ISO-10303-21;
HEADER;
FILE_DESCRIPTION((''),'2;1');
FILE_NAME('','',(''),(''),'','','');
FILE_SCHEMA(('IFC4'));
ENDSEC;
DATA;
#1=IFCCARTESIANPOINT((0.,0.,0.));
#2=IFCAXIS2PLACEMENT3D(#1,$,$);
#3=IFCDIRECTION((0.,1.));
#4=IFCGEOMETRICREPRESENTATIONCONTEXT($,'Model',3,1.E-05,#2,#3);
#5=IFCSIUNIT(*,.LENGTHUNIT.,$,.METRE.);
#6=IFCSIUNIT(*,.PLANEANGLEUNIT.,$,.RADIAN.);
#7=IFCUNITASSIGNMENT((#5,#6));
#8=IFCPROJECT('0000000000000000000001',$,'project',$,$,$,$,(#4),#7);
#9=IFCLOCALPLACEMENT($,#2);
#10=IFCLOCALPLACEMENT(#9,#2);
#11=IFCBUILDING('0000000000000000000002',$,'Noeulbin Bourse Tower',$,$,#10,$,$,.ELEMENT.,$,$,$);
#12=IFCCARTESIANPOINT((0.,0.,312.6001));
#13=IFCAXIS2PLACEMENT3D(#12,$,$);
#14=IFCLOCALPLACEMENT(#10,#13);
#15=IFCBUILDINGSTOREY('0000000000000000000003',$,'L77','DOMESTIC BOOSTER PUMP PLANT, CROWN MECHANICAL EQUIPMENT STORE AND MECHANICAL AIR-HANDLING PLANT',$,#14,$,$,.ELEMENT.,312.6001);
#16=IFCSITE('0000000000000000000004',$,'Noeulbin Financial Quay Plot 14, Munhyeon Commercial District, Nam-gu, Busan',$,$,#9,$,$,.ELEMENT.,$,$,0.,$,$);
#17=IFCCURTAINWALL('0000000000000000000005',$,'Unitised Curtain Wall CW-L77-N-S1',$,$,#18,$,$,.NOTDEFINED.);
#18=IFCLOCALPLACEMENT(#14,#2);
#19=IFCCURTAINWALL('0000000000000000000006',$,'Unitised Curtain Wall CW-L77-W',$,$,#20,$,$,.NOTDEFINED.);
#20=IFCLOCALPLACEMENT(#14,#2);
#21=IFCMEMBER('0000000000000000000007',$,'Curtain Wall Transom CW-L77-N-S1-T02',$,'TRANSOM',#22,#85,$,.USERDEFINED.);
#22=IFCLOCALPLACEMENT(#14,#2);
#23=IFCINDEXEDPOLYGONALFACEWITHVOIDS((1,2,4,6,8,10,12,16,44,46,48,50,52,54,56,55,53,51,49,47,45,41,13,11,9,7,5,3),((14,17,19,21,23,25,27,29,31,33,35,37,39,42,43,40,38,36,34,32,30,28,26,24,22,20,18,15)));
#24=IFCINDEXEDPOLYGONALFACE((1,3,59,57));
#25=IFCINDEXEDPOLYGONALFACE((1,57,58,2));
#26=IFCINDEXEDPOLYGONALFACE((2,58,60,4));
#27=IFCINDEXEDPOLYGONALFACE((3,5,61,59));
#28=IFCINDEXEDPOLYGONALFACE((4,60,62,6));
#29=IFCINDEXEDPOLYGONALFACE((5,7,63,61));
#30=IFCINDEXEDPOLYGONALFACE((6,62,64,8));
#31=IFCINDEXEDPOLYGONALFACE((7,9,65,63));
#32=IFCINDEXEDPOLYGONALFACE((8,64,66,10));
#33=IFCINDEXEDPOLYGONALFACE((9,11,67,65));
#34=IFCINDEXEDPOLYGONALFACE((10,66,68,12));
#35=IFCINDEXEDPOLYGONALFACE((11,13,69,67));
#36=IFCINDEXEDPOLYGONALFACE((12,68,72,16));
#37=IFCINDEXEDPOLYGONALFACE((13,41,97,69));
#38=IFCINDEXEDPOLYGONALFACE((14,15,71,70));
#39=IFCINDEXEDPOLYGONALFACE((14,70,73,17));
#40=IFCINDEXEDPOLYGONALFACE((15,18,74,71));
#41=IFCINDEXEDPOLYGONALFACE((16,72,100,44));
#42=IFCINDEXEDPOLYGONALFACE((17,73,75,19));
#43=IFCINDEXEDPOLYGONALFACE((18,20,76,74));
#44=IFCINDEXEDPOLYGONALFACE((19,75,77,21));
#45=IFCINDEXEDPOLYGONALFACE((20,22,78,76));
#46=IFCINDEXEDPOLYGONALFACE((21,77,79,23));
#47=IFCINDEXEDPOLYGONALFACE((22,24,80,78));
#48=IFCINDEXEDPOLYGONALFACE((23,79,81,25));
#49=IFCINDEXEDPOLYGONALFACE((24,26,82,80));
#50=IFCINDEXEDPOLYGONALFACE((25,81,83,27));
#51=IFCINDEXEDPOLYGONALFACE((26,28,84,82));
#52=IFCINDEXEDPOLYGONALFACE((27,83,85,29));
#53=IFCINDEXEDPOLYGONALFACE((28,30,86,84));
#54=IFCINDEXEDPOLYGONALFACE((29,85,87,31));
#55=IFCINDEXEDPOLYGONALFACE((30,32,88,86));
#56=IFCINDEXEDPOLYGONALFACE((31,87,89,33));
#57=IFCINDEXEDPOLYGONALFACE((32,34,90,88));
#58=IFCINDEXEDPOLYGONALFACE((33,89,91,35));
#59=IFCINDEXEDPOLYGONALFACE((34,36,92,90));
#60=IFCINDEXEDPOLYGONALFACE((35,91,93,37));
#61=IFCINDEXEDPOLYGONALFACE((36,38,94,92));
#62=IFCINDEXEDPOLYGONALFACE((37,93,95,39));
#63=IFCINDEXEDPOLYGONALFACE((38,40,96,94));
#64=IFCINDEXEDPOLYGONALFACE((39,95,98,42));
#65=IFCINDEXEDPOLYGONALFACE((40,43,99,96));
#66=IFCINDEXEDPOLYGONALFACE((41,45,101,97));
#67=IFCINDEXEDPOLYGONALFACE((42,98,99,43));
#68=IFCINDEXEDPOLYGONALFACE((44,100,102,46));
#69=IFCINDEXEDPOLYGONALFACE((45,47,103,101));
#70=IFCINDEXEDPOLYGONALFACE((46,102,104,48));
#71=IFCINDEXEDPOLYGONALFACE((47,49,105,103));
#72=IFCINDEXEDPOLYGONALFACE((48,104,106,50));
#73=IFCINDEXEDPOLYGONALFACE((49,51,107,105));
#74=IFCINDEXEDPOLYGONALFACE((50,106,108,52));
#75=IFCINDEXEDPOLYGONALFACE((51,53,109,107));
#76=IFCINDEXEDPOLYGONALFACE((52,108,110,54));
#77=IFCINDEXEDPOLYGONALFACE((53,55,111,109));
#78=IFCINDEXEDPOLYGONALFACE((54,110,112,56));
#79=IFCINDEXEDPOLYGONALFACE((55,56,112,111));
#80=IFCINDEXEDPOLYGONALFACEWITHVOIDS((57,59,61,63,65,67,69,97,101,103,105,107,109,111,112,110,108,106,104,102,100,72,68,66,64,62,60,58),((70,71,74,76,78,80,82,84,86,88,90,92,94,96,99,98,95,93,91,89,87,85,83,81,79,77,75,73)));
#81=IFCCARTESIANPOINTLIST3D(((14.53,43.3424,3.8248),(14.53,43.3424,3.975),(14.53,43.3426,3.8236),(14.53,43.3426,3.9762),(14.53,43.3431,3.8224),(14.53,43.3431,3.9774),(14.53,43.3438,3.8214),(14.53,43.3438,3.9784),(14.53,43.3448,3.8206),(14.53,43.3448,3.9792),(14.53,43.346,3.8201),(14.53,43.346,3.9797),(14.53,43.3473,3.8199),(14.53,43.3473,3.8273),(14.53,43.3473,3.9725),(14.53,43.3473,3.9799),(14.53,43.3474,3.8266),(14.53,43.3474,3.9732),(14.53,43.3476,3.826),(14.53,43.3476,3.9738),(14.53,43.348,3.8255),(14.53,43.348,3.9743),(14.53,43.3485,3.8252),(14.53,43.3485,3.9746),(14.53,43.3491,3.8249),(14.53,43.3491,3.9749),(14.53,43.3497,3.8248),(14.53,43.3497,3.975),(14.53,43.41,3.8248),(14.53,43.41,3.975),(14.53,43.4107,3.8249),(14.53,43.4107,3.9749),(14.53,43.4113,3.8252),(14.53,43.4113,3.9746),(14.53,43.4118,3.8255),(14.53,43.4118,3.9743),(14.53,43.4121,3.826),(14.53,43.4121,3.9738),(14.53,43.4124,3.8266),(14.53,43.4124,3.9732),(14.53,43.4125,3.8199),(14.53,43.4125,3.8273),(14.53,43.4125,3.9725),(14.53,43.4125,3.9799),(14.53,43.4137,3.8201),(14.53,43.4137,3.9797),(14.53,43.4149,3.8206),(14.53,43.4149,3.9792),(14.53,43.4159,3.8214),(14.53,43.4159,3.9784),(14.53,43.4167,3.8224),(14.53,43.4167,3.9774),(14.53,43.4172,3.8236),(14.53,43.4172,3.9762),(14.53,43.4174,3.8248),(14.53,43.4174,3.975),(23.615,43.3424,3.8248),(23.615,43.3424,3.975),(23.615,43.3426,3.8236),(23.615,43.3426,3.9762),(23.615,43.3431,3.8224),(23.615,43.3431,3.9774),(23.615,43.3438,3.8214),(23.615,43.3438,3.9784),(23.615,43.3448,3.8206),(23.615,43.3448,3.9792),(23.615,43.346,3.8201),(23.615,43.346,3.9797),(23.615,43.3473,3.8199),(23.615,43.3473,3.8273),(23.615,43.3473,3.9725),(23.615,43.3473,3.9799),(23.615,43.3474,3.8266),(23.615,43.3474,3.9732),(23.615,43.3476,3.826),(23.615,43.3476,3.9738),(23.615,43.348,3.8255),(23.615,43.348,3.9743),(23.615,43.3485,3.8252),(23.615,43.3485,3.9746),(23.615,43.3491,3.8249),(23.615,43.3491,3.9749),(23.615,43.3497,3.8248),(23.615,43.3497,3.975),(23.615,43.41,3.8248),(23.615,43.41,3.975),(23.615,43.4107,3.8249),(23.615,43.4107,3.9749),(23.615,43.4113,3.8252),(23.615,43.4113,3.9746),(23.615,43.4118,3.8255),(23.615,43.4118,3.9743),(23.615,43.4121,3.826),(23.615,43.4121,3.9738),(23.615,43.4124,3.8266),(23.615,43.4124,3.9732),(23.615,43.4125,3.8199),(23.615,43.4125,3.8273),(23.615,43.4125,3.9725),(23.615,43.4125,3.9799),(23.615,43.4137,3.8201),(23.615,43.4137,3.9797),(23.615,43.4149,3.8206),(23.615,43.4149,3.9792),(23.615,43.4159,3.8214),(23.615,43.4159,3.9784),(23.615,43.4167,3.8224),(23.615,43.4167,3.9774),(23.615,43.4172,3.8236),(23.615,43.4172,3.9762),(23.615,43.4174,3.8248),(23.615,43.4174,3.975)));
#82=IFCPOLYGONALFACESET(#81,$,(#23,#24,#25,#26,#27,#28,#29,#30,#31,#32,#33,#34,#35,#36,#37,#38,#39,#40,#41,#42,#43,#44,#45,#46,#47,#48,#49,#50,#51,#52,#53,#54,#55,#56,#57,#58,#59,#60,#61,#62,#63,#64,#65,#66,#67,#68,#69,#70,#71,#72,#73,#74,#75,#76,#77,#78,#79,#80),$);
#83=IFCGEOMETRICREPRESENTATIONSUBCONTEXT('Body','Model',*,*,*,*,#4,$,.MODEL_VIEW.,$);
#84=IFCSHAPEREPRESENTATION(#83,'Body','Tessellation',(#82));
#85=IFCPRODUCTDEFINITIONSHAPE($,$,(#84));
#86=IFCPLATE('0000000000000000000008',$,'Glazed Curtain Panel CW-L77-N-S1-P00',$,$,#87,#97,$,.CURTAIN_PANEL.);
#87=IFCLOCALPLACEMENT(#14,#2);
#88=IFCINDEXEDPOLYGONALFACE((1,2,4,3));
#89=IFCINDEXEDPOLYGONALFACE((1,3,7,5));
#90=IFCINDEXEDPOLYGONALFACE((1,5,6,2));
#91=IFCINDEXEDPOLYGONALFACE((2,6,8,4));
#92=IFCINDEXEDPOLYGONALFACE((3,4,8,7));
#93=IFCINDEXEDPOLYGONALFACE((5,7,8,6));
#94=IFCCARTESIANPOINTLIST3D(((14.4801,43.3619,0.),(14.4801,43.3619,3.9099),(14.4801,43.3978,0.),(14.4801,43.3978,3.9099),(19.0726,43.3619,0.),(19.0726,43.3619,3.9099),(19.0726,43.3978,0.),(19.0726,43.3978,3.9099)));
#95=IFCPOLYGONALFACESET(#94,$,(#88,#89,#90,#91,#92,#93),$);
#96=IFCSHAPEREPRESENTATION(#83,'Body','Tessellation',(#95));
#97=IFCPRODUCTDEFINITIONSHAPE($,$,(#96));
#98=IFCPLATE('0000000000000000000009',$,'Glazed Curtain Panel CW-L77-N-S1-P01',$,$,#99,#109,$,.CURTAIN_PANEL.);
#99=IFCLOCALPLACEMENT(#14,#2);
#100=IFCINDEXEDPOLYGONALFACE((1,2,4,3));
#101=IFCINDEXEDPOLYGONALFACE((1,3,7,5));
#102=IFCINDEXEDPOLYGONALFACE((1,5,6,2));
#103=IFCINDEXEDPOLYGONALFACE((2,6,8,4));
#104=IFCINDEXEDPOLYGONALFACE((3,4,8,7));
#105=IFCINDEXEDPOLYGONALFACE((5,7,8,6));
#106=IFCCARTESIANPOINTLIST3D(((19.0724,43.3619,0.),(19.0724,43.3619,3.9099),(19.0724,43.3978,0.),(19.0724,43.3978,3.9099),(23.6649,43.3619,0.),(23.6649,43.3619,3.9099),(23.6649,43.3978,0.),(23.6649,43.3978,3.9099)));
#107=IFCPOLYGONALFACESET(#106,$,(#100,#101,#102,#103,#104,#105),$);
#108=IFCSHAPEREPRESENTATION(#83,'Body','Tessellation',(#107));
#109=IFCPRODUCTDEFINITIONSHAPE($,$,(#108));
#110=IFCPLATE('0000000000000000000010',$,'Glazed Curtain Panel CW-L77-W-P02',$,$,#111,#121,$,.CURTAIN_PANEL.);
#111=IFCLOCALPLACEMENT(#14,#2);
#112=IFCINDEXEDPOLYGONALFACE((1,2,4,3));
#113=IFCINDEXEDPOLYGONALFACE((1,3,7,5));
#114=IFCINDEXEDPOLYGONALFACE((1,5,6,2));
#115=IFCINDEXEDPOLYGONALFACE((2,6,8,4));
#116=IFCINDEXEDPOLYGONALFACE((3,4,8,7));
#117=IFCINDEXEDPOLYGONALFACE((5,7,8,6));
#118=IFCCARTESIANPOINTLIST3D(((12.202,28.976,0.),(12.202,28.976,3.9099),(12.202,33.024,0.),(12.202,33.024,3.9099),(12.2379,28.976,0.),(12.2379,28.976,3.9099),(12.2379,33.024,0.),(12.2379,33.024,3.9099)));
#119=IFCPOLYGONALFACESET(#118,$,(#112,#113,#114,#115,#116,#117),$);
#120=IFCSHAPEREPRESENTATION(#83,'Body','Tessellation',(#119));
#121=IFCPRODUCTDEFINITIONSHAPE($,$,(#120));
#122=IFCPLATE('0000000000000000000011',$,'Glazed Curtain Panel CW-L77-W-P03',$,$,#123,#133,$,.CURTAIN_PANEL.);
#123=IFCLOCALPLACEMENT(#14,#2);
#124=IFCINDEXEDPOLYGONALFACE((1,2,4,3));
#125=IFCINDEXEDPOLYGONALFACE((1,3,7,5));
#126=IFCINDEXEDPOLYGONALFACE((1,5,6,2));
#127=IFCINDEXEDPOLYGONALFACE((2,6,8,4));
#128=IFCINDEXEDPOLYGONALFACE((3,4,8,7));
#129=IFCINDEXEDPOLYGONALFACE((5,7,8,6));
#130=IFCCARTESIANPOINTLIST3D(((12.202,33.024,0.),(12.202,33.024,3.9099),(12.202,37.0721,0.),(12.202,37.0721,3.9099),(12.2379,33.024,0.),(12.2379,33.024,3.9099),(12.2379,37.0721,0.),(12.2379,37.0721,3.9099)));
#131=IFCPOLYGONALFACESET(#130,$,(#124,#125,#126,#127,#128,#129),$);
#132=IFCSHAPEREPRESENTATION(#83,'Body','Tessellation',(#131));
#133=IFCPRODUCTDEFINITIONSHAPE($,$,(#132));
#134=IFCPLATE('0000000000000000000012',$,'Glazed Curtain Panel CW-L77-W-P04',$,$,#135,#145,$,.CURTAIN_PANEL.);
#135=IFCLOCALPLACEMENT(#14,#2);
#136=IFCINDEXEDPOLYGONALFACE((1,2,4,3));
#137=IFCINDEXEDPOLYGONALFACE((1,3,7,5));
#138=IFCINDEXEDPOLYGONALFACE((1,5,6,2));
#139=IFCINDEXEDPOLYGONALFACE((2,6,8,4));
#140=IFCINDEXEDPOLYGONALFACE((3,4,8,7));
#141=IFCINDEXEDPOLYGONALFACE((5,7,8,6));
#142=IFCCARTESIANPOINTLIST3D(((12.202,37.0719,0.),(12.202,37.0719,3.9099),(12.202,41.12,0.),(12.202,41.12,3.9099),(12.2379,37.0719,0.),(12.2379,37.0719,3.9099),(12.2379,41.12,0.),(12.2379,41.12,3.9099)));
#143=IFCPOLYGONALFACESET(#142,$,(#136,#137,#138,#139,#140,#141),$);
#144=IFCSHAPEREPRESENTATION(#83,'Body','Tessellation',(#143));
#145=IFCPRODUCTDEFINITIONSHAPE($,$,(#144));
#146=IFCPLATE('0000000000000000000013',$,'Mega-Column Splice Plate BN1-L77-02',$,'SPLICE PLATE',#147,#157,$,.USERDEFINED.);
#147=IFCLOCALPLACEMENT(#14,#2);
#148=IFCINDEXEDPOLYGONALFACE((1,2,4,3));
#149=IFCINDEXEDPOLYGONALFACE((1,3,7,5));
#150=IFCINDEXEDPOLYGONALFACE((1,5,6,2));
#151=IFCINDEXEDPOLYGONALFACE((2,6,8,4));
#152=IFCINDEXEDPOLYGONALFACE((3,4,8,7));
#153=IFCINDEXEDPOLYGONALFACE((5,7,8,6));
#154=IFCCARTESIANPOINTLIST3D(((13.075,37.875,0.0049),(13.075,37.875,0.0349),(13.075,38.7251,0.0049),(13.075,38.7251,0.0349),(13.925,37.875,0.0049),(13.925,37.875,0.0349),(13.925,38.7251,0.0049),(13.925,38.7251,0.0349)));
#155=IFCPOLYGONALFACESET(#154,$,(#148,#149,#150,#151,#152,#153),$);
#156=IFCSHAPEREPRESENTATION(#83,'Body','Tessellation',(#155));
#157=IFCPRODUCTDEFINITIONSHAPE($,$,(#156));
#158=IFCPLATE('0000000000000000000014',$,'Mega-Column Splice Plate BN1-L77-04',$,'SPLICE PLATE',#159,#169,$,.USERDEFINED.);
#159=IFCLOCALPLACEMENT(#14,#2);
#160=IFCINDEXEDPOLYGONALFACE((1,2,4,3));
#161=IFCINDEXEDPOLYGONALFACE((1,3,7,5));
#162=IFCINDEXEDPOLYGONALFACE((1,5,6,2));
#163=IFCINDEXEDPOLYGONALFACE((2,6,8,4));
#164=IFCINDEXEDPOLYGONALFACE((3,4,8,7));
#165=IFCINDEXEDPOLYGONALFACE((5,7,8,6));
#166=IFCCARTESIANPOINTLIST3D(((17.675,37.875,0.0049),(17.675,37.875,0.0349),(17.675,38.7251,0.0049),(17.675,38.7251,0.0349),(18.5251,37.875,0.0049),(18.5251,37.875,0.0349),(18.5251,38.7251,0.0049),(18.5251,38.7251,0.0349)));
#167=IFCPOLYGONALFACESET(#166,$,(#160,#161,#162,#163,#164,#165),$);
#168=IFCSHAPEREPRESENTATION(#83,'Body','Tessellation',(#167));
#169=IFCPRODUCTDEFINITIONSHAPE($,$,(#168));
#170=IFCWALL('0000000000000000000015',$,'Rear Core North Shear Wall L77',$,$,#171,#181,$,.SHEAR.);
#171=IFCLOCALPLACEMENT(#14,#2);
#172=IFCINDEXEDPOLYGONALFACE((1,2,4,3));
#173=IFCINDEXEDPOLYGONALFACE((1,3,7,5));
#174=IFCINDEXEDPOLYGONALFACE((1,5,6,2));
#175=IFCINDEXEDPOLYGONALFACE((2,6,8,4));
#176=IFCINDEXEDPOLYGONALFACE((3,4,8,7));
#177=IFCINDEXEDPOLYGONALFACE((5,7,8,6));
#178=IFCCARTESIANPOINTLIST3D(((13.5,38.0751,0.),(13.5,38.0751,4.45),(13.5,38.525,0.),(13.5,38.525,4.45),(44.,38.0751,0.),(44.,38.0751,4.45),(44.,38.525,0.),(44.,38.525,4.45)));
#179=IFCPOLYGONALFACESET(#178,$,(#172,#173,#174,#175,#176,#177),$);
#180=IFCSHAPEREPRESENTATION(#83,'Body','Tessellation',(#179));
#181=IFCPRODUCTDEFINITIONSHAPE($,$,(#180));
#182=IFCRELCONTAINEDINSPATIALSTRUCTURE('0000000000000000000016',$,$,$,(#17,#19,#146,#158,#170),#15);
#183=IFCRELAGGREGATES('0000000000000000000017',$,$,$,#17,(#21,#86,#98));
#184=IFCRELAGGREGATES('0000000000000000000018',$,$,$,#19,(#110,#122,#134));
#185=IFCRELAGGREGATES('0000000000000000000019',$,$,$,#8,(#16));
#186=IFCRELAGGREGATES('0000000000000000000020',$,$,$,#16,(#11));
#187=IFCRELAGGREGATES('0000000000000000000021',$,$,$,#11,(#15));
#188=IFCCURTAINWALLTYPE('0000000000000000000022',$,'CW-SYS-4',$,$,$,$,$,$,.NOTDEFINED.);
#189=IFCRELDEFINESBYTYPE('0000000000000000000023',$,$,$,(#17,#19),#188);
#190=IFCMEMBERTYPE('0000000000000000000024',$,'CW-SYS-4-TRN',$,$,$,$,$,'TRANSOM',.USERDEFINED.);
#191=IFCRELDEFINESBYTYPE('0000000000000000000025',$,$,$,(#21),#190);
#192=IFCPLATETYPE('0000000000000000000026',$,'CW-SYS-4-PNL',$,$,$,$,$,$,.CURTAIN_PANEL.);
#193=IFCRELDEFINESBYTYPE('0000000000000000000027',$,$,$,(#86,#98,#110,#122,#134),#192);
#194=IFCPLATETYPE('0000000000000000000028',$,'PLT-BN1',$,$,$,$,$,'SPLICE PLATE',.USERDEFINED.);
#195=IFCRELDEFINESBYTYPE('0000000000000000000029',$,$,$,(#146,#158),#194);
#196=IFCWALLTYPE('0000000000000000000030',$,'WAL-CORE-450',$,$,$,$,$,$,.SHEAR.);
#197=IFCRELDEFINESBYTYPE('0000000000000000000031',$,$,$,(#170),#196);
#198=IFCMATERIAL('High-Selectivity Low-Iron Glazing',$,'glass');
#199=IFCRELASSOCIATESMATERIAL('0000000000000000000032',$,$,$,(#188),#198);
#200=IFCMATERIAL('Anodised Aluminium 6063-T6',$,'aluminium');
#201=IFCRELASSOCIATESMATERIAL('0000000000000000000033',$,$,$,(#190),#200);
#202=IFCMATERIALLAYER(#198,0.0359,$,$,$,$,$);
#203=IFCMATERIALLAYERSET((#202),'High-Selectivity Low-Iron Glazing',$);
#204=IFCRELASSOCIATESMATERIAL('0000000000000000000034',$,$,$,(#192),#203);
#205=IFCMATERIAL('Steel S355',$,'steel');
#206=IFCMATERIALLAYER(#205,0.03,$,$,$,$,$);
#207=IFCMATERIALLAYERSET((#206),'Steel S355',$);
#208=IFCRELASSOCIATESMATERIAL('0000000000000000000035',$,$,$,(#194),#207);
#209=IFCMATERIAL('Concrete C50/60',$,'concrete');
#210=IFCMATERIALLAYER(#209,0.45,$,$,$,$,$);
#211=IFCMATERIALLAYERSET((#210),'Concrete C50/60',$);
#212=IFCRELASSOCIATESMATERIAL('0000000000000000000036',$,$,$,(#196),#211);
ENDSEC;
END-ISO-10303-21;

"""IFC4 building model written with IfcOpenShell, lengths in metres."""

from ifc_helpers import new_model, si_unit, direction, frame, frame_2d, origin, origin_2d, place, context, subcontext, project, spatial, rectangle, hollow_rectangle, extrude, material, layer, layer_set, material_profile, profile_set, type_object, element, aggregate, save


model = new_model("IFC4")

# Units and contexts
model_context = context("Model", 3, precision=1e-05, world=origin(), true_north=direction((0.0, 1.0)))
body_context = subcontext(model_context, "Body", "Model", "MODEL_VIEW")
ifc_project = project(units=[si_unit("LENGTHUNIT", "METRE"), si_unit("PLANEANGLEUNIT", "RADIAN")], contexts=[model_context])

# Site, building, storey
site_placement = place(None, origin())
site = spatial("IfcSite", under=ifc_project, at=site_placement, Name="Noeulbin Financial Quay Plot 14, Munhyeon Commercial District, Nam-gu, Busan", CompositionType="ELEMENT", RefElevation=0.0)
building_placement = place(site_placement, origin())
building = spatial("IfcBuilding", under=site, at=building_placement, Name="Noeulbin Bourse Tower", CompositionType="ELEMENT")
storey_placement = place(building_placement, frame((0.0, 0.0, 312.6001)))
storey = spatial("IfcBuildingStorey", under=building, at=storey_placement, Name="L77", Description="DOMESTIC BOOSTER PUMP PLANT, CROWN MECHANICAL EQUIPMENT STORE AND MECHANICAL AIR-HANDLING PLANT", CompositionType="ELEMENT", Elevation=312.6001)

# Shared definitions
ifc_material_1 = material(Name="Steel S355", Category="steel")

# Curtain walls
ifc_material_2 = material(Name="High-Selectivity Low-Iron Glazing", Category="glass")
curtain_wall_type = type_object("IfcCurtainWallType", Name="CW-SYS-4", PredefinedType="NOTDEFINED", material=ifc_material_2)
curtain_wall_1_placement = place(storey_placement, origin())
curtain_wall_1 = element("IfcCurtainWall", 1, at=curtain_wall_1_placement, inside=storey, type_object=curtain_wall_type, Name="Unitised Curtain Wall CW-L77-N-S1", PredefinedType="NOTDEFINED")
ifc_material_3 = material(Name="Anodised Aluminium 6063-T6", Category="aluminium")
curtain_wall_2_placement = place(storey_placement, origin())
curtain_wall_2 = element("IfcCurtainWall", 2, at=curtain_wall_2_placement, inside=storey, type_object=curtain_wall_type, Name="Unitised Curtain Wall CW-L77-W", PredefinedType="NOTDEFINED")

# Member
ifc_material_profile_1 = material_profile(ifc_material_3, hollow_rectangle(XDim=0.075, YDim=0.1599, WallThickness=0.0049, InnerFilletRadius=0.0024, OuterFilletRadius=0.0049, at=origin_2d()), Name="ALU-TRAN-75x160x5", Category="LoadBearing")
ifc_profile_set_1 = profile_set([ifc_material_profile_1], Name="Anodised Aluminium 6063-T6")
member_type_1 = type_object("IfcMemberType", Name="CW-SYS-4-TRN", ElementType="TRANSOM", PredefinedType="USERDEFINED", material=ifc_profile_set_1)
member_1_placement = place(storey_placement, frame((14.53, 43.3799, 3.8999), z_axis=(1.0, 0.0, 0.0), x_axis=(0.0, 1.0, 0.0)))
member_1 = element("IfcMember", 3, at=member_1_placement, type_object=member_type_1, Name="Curtain Wall Transom CW-L77-N-S1-T02", ObjectType="TRANSOM", PredefinedType="USERDEFINED", context=body_context, shape_type="SweptSolid", body=[
    extrude(hollow_rectangle(XDim=0.075, YDim=0.1599, WallThickness=0.0049, InnerFilletRadius=0.0024, OuterFilletRadius=0.0049, at=origin_2d()), origin(), (0.0, 0.0, 1.0), 9.085),
])

# Plates
ifc_layer_1 = layer(ifc_material_2, 0.0359)
ifc_layer_set_1 = layer_set([ifc_layer_1], Name="High-Selectivity Low-Iron Glazing")
plate_type_1 = type_object("IfcPlateType", Name="CW-SYS-4-PNL", PredefinedType="CURTAIN_PANEL", material=ifc_layer_set_1)
plate_1_placement = place(storey_placement, frame((16.7764, 43.3799, 0.0), z_axis=(0.0, 0.0, 1.0), x_axis=(1.0, 0.0, 0.0)))
plate_1 = element("IfcPlate", 4, at=plate_1_placement, type_object=plate_type_1, Name="Glazed Curtain Panel CW-L77-N-S1-P00", PredefinedType="CURTAIN_PANEL", context=body_context, shape_type="SweptSolid", body=[
    extrude(rectangle(XDim=4.5925, YDim=0.0359, at=origin_2d()), origin(), (0.0, 0.0, 1.0), 3.9099),
])
plate_2_placement = place(storey_placement, frame((21.3687, 43.3799, 0.0), z_axis=(0.0, 0.0, 1.0), x_axis=(1.0, 0.0, 0.0)))
plate_2 = element("IfcPlate", 5, at=plate_2_placement, type_object=plate_type_1, Name="Glazed Curtain Panel CW-L77-N-S1-P01", PredefinedType="CURTAIN_PANEL", context=body_context, shape_type="SweptSolid", body=[
    extrude(rectangle(XDim=4.5925, YDim=0.0359, at=origin_2d()), origin(), (0.0, 0.0, 1.0), 3.9099),
])
aggregate(curtain_wall_1, [member_1, plate_1, plate_2])
plate_3_placement = place(storey_placement, frame((12.22, 31.0, 0.0), z_axis=(0.0, 0.0, 1.0), x_axis=(0.0, 1.0, 0.0)))
plate_3 = element("IfcPlate", 6, at=plate_3_placement, type_object=plate_type_1, Name="Glazed Curtain Panel CW-L77-W-P02", PredefinedType="CURTAIN_PANEL", context=body_context, shape_type="SweptSolid", body=[
    extrude(rectangle(XDim=4.0481, YDim=0.0359, at=origin_2d()), origin(), (0.0, 0.0, 1.0), 3.9099),
])
plate_4_placement = place(storey_placement, frame((12.22, 35.0481, 0.0), z_axis=(0.0, 0.0, 1.0), x_axis=(0.0, 1.0, 0.0)))
plate_4 = element("IfcPlate", 7, at=plate_4_placement, type_object=plate_type_1, Name="Glazed Curtain Panel CW-L77-W-P03", PredefinedType="CURTAIN_PANEL", context=body_context, shape_type="SweptSolid", body=[
    extrude(rectangle(XDim=4.0481, YDim=0.0359, at=origin_2d()), origin(), (0.0, 0.0, 1.0), 3.9099),
])
plate_5_placement = place(storey_placement, frame((12.22, 39.0959, 0.0), z_axis=(0.0, 0.0, 1.0), x_axis=(0.0, 1.0, 0.0)))
plate_5 = element("IfcPlate", 8, at=plate_5_placement, type_object=plate_type_1, Name="Glazed Curtain Panel CW-L77-W-P04", PredefinedType="CURTAIN_PANEL", context=body_context, shape_type="SweptSolid", body=[
    extrude(rectangle(XDim=4.0481, YDim=0.0359, at=origin_2d()), origin(), (0.0, 0.0, 1.0), 3.9099),
])
aggregate(curtain_wall_2, [plate_3, plate_4, plate_5])

# Plates
ifc_layer_2 = layer(ifc_material_1, 0.03)
ifc_layer_set_2 = layer_set([ifc_layer_2], Name="Steel S355")
plate_type_2 = type_object("IfcPlateType", Name="PLT-BN1", ElementType="SPLICE PLATE", PredefinedType="USERDEFINED", material=ifc_layer_set_2)
for number, where, z_axis, x_axis, name in (
    (9, (13.5, 38.3, 0.0049), (0.0, 0.0, 1.0), (1.0, 0.0, 0.0), "Mega-Column Splice Plate BN1-L77-02"),
    (10, (18.1001, 38.3, 0.0049), (0.0, 0.0, 1.0), (1.0, 0.0, 0.0), "Mega-Column Splice Plate BN1-L77-04"),
):
    element("IfcPlate", number, at=place(storey_placement, frame(where, z_axis=z_axis, x_axis=x_axis)), inside=storey, type_object=plate_type_2, Name=name, ObjectType="SPLICE PLATE", PredefinedType="USERDEFINED", context=body_context, shape_type="SweptSolid", body=[
        extrude(rectangle(XDim=0.8501, YDim=0.8501, at=origin_2d()), origin(), (0.0, 0.0, 1.0), 0.03),
    ])

# Wall
ifc_material_4 = material(Name="Concrete C50/60", Category="concrete")
ifc_layer_3 = layer(ifc_material_4, 0.45)
ifc_layer_set_3 = layer_set([ifc_layer_3], Name="Concrete C50/60")
wall_type_1 = type_object("IfcWallType", Name="WAL-CORE-450", PredefinedType="SHEAR", material=ifc_layer_set_3)
wall_1_placement = place(storey_placement, frame((13.5, 38.3, 0.0), z_axis=(0.0, 0.0, 1.0), x_axis=(1.0, 0.0, 0.0)))
element("IfcWall", 11, at=wall_1_placement, inside=storey, type_object=wall_type_1, Name="Rear Core North Shear Wall L77", PredefinedType="SHEAR", context=body_context, shape_type="SweptSolid", body=[
    extrude(rectangle(XDim=30.5, YDim=0.45, at=frame_2d((15.25, 0.0))), origin(), (0.0, 0.0, 1.0), 4.45),
])

save(model, "model.ifc")
